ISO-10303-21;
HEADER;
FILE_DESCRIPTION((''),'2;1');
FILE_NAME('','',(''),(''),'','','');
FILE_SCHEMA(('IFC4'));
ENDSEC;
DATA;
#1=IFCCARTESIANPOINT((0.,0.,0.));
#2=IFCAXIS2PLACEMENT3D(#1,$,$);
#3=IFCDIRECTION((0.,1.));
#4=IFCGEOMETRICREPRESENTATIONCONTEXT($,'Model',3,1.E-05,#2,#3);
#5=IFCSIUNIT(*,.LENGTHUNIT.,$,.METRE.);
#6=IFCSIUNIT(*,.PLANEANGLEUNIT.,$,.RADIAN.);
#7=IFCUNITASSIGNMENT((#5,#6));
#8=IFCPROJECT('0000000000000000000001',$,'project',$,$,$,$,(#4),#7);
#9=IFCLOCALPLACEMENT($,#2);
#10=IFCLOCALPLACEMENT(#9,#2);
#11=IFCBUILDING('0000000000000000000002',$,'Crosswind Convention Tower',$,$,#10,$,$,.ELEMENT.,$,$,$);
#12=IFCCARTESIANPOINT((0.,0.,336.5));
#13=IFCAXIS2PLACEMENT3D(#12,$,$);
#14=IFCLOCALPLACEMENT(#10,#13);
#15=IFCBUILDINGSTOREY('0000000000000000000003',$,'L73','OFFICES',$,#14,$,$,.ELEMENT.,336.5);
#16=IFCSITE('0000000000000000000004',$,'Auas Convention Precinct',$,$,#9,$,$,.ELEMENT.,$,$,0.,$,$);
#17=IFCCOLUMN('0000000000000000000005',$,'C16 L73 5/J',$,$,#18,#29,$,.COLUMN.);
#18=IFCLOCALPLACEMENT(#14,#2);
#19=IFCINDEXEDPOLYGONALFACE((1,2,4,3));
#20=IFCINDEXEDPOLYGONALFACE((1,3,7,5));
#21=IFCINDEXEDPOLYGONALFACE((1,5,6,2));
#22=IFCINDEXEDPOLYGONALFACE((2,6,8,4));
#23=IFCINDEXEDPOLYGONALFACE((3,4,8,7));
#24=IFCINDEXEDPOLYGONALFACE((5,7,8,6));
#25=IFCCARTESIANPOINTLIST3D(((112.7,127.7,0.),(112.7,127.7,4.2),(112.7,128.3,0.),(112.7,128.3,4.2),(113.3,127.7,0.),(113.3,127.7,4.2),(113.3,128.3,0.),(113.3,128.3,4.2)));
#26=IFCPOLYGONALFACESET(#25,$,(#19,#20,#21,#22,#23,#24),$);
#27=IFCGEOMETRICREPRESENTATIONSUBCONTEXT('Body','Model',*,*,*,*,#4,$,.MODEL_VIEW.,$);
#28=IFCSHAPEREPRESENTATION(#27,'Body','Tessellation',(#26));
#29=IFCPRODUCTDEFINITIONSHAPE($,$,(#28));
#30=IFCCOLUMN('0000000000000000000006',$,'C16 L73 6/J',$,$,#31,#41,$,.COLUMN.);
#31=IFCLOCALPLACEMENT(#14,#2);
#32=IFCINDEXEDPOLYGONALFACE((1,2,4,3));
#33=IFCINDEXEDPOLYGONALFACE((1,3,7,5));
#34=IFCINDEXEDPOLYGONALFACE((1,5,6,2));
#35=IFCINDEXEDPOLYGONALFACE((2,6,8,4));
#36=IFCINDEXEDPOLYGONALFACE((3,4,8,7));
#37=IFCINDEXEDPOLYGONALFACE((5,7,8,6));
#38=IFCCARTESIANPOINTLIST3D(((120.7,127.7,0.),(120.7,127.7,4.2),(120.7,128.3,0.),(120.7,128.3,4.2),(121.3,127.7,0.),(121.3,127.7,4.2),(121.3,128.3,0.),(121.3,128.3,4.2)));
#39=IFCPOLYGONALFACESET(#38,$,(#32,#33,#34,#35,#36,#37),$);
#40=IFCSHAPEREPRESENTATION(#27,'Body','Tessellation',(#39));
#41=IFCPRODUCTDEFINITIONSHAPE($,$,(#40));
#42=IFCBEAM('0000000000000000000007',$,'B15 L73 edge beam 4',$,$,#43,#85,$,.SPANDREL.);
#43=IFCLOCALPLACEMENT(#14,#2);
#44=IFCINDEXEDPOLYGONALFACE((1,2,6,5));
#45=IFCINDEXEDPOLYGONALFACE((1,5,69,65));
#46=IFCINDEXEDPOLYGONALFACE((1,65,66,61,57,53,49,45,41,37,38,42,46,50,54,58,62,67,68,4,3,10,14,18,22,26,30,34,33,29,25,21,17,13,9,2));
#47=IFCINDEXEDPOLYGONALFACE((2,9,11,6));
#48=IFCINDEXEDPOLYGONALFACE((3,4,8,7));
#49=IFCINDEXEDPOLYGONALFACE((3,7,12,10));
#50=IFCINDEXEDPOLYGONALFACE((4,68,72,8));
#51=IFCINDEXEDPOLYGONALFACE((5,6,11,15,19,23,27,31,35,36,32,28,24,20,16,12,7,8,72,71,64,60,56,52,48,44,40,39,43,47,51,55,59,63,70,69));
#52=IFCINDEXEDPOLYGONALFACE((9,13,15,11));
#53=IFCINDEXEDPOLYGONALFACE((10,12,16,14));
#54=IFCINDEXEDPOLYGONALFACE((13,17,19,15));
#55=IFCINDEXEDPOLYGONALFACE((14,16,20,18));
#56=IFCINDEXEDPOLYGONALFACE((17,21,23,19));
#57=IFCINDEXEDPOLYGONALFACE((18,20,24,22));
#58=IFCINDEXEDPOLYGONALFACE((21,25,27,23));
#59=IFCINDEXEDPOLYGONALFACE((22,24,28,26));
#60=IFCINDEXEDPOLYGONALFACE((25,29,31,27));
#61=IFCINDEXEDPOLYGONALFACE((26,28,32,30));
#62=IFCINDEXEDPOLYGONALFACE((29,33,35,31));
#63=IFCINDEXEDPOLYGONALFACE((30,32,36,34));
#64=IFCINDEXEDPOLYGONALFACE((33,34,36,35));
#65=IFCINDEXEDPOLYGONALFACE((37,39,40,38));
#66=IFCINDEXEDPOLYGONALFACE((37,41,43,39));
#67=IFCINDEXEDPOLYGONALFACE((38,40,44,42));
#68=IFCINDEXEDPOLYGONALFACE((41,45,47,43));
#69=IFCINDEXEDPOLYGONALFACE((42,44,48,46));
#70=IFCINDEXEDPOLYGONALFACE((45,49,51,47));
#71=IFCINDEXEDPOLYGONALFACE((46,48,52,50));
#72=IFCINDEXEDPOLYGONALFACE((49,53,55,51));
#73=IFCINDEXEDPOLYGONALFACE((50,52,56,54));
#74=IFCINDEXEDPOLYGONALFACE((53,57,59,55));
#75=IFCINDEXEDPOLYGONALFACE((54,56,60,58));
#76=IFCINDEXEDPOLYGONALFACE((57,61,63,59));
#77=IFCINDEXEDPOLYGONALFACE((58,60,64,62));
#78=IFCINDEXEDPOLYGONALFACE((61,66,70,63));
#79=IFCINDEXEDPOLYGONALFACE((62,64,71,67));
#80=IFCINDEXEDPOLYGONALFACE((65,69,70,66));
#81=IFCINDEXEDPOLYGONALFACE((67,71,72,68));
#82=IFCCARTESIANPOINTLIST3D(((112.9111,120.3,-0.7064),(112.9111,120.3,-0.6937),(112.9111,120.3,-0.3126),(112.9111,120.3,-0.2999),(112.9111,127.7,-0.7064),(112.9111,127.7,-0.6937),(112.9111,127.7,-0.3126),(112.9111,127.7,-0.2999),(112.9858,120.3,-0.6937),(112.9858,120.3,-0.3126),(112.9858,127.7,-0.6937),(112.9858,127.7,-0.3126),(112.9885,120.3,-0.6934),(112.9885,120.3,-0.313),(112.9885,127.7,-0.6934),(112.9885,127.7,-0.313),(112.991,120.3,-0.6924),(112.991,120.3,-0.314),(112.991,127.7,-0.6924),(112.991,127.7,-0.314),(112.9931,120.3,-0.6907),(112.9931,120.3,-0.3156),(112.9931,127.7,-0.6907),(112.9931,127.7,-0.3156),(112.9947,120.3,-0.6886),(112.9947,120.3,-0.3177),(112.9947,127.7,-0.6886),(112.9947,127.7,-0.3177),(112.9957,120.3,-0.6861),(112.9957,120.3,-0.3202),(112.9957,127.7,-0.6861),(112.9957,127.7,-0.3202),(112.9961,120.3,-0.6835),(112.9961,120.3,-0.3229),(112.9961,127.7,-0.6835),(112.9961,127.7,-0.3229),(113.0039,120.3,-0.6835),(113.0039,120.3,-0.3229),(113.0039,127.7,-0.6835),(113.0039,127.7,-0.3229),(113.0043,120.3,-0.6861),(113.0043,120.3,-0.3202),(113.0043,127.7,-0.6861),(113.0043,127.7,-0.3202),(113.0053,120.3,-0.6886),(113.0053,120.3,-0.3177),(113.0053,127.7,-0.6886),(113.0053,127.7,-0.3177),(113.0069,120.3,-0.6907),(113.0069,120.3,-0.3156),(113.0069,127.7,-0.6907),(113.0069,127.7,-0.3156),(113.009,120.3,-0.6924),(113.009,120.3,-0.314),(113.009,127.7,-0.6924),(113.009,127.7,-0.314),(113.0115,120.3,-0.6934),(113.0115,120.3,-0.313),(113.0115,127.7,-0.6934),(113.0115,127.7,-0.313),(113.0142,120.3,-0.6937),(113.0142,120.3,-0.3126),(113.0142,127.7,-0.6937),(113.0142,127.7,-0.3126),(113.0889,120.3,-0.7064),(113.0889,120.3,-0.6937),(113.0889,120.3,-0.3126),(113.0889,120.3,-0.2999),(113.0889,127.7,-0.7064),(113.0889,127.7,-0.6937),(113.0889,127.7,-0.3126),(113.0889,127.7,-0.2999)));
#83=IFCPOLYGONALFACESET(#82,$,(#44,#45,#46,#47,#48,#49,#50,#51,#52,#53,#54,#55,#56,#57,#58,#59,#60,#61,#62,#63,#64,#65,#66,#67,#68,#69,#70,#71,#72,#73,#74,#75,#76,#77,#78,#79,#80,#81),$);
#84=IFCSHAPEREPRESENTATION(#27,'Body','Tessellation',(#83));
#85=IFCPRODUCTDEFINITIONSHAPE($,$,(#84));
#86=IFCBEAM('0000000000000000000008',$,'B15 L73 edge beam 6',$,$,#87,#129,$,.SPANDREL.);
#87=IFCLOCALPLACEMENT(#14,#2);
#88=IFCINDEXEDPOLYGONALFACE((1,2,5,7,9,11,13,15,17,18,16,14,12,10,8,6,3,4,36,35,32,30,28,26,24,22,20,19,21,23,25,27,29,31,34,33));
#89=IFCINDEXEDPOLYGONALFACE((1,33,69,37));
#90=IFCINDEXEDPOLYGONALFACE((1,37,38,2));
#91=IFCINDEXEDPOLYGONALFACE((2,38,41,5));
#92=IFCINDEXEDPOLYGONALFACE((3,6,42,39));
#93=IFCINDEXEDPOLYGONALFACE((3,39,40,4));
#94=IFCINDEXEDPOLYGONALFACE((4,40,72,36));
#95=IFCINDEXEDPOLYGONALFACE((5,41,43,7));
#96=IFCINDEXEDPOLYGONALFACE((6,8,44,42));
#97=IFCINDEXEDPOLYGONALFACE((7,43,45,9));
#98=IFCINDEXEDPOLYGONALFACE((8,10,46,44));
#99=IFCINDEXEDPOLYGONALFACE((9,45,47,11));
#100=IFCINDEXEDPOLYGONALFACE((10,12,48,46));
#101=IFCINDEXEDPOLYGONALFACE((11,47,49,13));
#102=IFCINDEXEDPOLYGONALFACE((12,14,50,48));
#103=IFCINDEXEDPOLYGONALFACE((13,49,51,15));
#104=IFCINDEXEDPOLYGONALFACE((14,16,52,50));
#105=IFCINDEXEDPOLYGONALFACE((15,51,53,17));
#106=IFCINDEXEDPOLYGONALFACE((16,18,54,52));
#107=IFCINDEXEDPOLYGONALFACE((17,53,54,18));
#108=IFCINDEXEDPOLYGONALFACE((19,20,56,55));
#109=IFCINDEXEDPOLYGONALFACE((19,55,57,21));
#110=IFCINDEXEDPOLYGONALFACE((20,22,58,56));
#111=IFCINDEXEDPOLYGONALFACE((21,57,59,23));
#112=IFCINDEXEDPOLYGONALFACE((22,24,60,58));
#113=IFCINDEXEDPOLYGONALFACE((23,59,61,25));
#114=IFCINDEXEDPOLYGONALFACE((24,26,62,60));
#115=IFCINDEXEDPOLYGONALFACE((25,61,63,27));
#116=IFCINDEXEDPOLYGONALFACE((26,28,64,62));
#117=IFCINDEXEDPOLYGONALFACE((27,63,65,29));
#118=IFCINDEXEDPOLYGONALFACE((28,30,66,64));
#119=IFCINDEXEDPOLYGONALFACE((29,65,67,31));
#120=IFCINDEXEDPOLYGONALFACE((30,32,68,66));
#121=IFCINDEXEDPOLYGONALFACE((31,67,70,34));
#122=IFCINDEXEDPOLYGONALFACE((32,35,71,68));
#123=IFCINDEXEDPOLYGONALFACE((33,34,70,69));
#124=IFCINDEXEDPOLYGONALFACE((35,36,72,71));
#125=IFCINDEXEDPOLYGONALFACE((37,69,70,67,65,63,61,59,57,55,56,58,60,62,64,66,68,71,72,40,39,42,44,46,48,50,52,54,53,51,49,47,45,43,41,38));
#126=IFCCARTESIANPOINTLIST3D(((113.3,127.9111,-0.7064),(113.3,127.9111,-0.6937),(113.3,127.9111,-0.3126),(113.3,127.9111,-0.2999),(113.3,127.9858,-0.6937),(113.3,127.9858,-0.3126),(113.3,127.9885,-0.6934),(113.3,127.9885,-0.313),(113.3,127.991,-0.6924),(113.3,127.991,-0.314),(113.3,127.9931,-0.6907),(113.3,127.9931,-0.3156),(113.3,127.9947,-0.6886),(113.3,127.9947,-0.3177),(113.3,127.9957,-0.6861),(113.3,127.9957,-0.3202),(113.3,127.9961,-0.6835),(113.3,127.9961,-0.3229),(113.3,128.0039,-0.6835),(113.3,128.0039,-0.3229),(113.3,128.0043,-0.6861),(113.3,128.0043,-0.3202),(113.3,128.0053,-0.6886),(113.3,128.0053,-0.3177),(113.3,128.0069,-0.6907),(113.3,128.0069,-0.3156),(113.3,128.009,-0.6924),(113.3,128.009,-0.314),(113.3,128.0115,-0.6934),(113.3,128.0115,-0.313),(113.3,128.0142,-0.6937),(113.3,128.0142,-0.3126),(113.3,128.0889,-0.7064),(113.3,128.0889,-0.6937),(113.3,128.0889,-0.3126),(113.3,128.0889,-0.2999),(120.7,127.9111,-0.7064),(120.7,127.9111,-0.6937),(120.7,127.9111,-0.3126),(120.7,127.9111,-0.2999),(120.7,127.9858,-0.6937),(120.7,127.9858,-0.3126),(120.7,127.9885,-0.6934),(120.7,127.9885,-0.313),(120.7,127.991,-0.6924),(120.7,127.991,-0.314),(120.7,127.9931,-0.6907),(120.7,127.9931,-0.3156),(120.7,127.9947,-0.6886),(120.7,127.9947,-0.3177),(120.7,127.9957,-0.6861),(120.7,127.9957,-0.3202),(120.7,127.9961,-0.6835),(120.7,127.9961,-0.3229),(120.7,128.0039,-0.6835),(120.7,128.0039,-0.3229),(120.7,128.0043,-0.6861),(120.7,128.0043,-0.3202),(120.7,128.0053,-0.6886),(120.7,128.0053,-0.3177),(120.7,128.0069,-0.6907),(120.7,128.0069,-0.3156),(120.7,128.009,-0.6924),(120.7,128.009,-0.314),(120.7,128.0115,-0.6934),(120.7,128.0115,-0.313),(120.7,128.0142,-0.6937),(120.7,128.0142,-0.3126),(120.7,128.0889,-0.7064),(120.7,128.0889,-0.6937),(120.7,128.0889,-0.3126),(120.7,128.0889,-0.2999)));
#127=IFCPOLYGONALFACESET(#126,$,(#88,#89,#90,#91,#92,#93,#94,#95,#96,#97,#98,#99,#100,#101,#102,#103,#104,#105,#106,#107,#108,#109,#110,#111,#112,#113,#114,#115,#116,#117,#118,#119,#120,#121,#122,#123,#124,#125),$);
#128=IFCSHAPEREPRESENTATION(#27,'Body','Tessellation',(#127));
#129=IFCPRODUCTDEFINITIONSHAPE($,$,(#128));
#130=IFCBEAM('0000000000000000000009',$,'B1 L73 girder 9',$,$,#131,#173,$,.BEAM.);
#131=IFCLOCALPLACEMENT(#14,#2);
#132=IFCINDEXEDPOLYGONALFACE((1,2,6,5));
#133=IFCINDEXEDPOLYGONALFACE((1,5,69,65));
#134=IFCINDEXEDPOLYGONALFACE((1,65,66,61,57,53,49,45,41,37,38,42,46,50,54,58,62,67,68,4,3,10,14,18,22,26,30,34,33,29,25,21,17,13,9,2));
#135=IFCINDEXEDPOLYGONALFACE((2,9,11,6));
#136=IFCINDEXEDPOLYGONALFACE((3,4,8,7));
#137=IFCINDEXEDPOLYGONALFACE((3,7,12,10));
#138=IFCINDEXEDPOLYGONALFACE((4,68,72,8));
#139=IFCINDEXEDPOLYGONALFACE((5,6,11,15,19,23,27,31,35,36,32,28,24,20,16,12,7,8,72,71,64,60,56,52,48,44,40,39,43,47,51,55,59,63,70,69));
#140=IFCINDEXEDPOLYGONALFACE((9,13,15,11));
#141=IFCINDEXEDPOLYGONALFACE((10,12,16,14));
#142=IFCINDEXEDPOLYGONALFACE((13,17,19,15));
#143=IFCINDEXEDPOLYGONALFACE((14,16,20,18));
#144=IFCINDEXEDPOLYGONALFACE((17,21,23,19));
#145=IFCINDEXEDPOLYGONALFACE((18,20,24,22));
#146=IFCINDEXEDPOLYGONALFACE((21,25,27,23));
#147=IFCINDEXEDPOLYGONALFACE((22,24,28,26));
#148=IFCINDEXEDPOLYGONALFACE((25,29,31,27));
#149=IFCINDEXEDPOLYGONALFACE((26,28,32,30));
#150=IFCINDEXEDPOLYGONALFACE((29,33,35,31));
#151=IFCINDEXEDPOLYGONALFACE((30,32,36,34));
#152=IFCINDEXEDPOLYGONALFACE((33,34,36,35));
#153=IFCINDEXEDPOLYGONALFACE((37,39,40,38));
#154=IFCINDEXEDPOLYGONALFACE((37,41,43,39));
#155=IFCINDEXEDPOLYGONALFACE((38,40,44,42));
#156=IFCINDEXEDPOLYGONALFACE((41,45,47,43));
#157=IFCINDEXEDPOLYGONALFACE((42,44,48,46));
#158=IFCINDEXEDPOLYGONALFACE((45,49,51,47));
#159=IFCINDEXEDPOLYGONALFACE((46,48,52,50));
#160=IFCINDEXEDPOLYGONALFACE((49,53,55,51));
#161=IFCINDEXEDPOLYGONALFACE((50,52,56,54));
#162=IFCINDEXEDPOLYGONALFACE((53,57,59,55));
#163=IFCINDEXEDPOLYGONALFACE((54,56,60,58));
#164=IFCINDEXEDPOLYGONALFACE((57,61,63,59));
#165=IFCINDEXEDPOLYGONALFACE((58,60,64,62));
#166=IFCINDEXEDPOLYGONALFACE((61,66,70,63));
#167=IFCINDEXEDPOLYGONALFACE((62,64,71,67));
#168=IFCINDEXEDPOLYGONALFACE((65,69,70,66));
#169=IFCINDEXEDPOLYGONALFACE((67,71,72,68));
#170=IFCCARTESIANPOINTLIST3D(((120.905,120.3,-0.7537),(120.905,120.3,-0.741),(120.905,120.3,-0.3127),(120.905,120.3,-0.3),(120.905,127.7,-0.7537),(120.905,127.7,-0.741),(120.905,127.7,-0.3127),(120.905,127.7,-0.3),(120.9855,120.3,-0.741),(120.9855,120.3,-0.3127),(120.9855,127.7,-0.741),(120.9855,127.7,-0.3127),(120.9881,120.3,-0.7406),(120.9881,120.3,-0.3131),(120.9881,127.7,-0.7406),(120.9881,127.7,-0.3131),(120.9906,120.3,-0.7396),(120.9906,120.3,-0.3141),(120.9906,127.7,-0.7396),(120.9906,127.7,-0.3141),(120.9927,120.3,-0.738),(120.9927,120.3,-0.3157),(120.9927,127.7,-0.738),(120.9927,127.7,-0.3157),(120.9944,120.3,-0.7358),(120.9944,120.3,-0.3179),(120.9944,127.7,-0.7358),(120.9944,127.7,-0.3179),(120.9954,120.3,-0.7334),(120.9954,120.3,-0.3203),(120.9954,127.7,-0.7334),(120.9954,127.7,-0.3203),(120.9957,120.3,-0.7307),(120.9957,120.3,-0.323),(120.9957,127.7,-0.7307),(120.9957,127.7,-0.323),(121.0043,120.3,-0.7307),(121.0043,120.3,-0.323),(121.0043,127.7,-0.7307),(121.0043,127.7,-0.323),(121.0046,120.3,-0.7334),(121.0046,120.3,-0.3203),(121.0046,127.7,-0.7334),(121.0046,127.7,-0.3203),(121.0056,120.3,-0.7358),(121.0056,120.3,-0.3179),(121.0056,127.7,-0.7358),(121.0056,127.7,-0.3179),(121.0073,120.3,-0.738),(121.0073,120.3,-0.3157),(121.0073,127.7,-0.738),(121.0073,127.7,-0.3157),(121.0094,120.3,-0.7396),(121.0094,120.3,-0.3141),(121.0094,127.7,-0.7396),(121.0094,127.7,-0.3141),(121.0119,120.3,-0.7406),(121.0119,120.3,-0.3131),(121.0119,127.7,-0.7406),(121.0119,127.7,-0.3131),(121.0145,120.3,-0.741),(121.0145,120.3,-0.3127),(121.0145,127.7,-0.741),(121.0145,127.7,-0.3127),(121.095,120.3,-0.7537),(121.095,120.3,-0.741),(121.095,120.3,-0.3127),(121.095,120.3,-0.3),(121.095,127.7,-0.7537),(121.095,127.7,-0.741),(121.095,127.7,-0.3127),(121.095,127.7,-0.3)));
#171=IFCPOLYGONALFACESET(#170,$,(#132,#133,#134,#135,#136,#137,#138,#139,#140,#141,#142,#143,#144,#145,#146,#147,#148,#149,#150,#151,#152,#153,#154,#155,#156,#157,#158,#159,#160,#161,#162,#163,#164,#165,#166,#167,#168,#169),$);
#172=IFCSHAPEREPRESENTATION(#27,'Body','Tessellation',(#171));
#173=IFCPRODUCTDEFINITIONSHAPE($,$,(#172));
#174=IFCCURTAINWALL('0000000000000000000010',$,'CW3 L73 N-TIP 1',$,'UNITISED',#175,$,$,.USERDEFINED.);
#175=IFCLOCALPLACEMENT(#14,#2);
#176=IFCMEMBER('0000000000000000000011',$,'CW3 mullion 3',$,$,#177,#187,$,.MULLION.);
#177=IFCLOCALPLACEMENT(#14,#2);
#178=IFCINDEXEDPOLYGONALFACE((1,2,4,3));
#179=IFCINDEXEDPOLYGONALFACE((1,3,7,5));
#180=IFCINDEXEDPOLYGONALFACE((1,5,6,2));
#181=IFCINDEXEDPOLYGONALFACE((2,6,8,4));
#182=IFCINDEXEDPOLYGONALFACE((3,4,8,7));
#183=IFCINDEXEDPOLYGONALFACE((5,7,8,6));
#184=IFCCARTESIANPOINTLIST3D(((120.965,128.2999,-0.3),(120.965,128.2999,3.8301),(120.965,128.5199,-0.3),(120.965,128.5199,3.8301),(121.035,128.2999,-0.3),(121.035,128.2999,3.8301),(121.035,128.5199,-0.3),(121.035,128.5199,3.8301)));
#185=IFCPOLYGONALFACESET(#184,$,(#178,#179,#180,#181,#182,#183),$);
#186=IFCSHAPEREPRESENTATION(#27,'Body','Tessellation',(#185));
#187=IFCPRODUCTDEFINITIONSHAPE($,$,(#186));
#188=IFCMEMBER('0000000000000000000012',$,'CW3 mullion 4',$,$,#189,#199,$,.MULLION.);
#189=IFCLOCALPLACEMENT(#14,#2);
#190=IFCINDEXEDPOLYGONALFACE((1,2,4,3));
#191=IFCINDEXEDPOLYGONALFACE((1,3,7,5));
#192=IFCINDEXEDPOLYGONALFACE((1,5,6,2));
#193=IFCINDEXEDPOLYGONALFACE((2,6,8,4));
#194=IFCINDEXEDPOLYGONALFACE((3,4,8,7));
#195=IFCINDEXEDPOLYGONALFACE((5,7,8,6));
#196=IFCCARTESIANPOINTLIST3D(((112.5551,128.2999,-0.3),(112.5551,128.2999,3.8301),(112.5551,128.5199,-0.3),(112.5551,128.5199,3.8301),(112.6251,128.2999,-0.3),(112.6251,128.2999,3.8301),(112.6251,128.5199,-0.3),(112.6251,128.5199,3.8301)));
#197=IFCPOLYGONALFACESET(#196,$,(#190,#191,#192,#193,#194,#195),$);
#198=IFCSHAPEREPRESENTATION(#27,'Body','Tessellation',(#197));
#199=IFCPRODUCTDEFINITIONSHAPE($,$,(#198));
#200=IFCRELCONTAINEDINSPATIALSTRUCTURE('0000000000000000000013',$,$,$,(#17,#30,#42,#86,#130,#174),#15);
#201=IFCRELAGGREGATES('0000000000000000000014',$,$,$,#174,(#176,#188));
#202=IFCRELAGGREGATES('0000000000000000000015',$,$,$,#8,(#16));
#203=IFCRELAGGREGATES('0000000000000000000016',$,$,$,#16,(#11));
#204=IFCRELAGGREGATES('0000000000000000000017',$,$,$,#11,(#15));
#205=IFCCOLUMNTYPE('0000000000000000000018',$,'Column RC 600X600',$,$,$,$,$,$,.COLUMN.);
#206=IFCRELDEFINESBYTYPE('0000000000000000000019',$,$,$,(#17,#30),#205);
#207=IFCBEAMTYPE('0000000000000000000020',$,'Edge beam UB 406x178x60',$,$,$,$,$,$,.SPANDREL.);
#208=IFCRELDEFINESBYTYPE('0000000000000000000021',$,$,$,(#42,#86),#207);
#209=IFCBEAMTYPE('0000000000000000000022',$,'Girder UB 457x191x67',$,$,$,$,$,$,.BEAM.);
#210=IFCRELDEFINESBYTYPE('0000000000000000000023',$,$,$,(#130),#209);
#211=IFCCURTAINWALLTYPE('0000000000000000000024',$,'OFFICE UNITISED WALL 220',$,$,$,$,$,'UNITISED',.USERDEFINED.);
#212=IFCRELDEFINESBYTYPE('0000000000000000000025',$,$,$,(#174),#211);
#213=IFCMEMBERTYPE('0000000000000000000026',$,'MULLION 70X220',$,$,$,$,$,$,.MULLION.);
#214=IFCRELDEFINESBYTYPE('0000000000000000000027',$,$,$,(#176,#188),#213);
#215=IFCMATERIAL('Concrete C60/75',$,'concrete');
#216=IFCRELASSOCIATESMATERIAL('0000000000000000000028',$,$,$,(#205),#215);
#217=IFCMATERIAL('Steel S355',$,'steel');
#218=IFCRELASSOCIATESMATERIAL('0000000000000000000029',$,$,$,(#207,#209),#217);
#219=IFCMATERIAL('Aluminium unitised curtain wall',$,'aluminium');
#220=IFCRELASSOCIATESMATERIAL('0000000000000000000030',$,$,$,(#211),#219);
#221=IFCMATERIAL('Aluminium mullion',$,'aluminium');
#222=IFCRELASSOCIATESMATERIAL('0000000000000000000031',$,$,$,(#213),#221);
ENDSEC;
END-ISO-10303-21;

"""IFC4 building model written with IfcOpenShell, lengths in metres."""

from ifc_helpers import new_model, si_unit, direction, frame, origin, origin_2d, place, context, subcontext, project, spatial, rectangle, i_section, extrude, material, material_profile, profile_set, type_object, element, aggregate, save


model = new_model("IFC4")

# Units and contexts
model_context = context("Model", 3, precision=1e-05, world=origin(), true_north=direction((0.0, 1.0)))
body_context = subcontext(model_context, "Body", "Model", "MODEL_VIEW")
ifc_project = project(units=[si_unit("LENGTHUNIT", "METRE"), si_unit("PLANEANGLEUNIT", "RADIAN")], contexts=[model_context])

# Site, building, storey
site_placement = place(None, origin())
site = spatial("IfcSite", under=ifc_project, at=site_placement, Name="Auas Convention Precinct", CompositionType="ELEMENT", RefElevation=0.0)
building_placement = place(site_placement, origin())
building = spatial("IfcBuilding", under=site, at=building_placement, Name="Crosswind Convention Tower", CompositionType="ELEMENT")
storey_placement = place(building_placement, frame((0.0, 0.0, 336.5)))
storey = spatial("IfcBuildingStorey", under=building, at=storey_placement, Name="L73", Description="OFFICES", CompositionType="ELEMENT", Elevation=336.5)

# Columns
ifc_material_1 = material(Name="Concrete C60/75", Category="concrete")
ifc_material_profile_1 = material_profile(ifc_material_1, rectangle(XDim=0.6001, YDim=0.6001, at=origin_2d()), Name="RC 600X600")
ifc_profile_set_1 = profile_set([ifc_material_profile_1], Name="Concrete C60/75")
column_type = type_object("IfcColumnType", Name="Column RC 600X600", PredefinedType="COLUMN", material=ifc_profile_set_1)
for number, where, z_axis, x_axis, name in (
    (1, (113.0, 128.0, 0.0), (0.0, 0.0, 1.0), (1.0, 0.0, 0.0), "C16 L73 5/J"),
    (2, (121.0, 128.0, 0.0), (0.0, 0.0, 1.0), (1.0, 0.0, 0.0), "C16 L73 6/J"),
):
    element("IfcColumn", number, at=place(storey_placement, frame(where, z_axis=z_axis, x_axis=x_axis)), inside=storey, type_object=column_type, Name=name, PredefinedType="COLUMN", context=body_context, shape_type="SweptSolid", body=[
        extrude(rectangle(XDim=0.6001, YDim=0.6001, at=origin_2d()), origin(), (0.0, 0.0, 1.0), 4.2),
    ])

# Beams
ifc_material_2 = material(Name="Steel S355", Category="steel")
ifc_material_profile_2 = material_profile(ifc_material_2, i_section(OverallWidth=0.1777, OverallDepth=0.4065, WebThickness=0.0078, FlangeThickness=0.0127, FilletRadius=0.0103, at=origin_2d()), Name="UB 406x178x60")
ifc_profile_set_2 = profile_set([ifc_material_profile_2], Name="Steel S355")
beam_type_1 = type_object("IfcBeamType", Name="Edge beam UB 406x178x60", PredefinedType="SPANDREL", material=ifc_profile_set_2)
for number, where, z_axis, x_axis, name in (
    (3, (113.0, 120.3, -0.5032), (0.0, 1.0, 0.0), (-1.0, 0.0, 0.0), "B15 L73 edge beam 4"),
    (4, (113.3, 128.0, -0.5032), (1.0, 0.0, 0.0), (0.0, 1.0, 0.0), "B15 L73 edge beam 6"),
):
    element("IfcBeam", number, at=place(storey_placement, frame(where, z_axis=z_axis, x_axis=x_axis)), inside=storey, type_object=beam_type_1, Name=name, PredefinedType="SPANDREL", context=body_context, shape_type="SweptSolid", body=[
        extrude(i_section(OverallWidth=0.1777, OverallDepth=0.4065, WebThickness=0.0078, FlangeThickness=0.0127, FilletRadius=0.0103, at=origin_2d()), origin(), (0.0, 0.0, 1.0), 7.3999),
    ])
ifc_material_profile_3 = material_profile(ifc_material_2, i_section(OverallWidth=0.1899, OverallDepth=0.4536, WebThickness=0.0085, FlangeThickness=0.0127, FilletRadius=0.0103, at=origin_2d()), Name="UB 457x191x67")
ifc_profile_set_3 = profile_set([ifc_material_profile_3], Name="Steel S355")
beam_type_2 = type_object("IfcBeamType", Name="Girder UB 457x191x67", PredefinedType="BEAM", material=ifc_profile_set_3)
beam_1_placement = place(storey_placement, frame((121.0, 120.3, -0.5269), z_axis=(0.0, 1.0, 0.0), x_axis=(-1.0, 0.0, 0.0)))
element("IfcBeam", 5, at=beam_1_placement, inside=storey, type_object=beam_type_2, Name="B1 L73 girder 9", PredefinedType="BEAM", context=body_context, shape_type="SweptSolid", body=[
    extrude(i_section(OverallWidth=0.1899, OverallDepth=0.4536, WebThickness=0.0085, FlangeThickness=0.0127, FilletRadius=0.0103, at=origin_2d()), origin(), (0.0, 0.0, 1.0), 7.3999),
])

# Curtain wall, members
ifc_material_3 = material(Name="Aluminium unitised curtain wall", Category="aluminium")
curtain_wall_type = type_object("IfcCurtainWallType", Name="OFFICE UNITISED WALL 220", ElementType="UNITISED", PredefinedType="USERDEFINED", material=ifc_material_3)
curtain_wall_1_placement = place(storey_placement, origin())
curtain_wall_1 = element("IfcCurtainWall", 6, at=curtain_wall_1_placement, inside=storey, type_object=curtain_wall_type, Name="CW3 L73 N-TIP 1", ObjectType="UNITISED", PredefinedType="USERDEFINED")
ifc_material_4 = material(Name="Aluminium mullion", Category="aluminium")
ifc_material_profile_4 = material_profile(ifc_material_4, rectangle(XDim=0.22, YDim=0.0701, at=origin_2d()), Name="AL 220X70")
ifc_profile_set_4 = profile_set([ifc_material_profile_4], Name="Aluminium mullion")
member_type_1 = type_object("IfcMemberType", Name="MULLION 70X220", PredefinedType="MULLION", material=ifc_profile_set_4)
member_1_placement = place(storey_placement, frame((121.0, 128.4099, -0.3), z_axis=(0.0, 0.0, 1.0), x_axis=(0.0, 1.0, 0.0)))
member_1 = element("IfcMember", 7, at=member_1_placement, type_object=member_type_1, Name="CW3 mullion 3", PredefinedType="MULLION", context=body_context, shape_type="SweptSolid", body=[
    extrude(rectangle(XDim=0.22, YDim=0.0701, at=origin_2d()), origin(), (0.0, 0.0, 1.0), 4.1301),
])
member_2_placement = place(storey_placement, frame((112.5901, 128.4099, -0.3), z_axis=(0.0, 0.0, 1.0), x_axis=(0.0, 1.0, 0.0)))
member_2 = element("IfcMember", 8, at=member_2_placement, type_object=member_type_1, Name="CW3 mullion 4", PredefinedType="MULLION", context=body_context, shape_type="SweptSolid", body=[
    extrude(rectangle(XDim=0.22, YDim=0.0701, at=origin_2d()), origin(), (0.0, 0.0, 1.0), 4.1301),
])

aggregate(curtain_wall_1, [member_1, member_2])

save(model, "model.ifc")
